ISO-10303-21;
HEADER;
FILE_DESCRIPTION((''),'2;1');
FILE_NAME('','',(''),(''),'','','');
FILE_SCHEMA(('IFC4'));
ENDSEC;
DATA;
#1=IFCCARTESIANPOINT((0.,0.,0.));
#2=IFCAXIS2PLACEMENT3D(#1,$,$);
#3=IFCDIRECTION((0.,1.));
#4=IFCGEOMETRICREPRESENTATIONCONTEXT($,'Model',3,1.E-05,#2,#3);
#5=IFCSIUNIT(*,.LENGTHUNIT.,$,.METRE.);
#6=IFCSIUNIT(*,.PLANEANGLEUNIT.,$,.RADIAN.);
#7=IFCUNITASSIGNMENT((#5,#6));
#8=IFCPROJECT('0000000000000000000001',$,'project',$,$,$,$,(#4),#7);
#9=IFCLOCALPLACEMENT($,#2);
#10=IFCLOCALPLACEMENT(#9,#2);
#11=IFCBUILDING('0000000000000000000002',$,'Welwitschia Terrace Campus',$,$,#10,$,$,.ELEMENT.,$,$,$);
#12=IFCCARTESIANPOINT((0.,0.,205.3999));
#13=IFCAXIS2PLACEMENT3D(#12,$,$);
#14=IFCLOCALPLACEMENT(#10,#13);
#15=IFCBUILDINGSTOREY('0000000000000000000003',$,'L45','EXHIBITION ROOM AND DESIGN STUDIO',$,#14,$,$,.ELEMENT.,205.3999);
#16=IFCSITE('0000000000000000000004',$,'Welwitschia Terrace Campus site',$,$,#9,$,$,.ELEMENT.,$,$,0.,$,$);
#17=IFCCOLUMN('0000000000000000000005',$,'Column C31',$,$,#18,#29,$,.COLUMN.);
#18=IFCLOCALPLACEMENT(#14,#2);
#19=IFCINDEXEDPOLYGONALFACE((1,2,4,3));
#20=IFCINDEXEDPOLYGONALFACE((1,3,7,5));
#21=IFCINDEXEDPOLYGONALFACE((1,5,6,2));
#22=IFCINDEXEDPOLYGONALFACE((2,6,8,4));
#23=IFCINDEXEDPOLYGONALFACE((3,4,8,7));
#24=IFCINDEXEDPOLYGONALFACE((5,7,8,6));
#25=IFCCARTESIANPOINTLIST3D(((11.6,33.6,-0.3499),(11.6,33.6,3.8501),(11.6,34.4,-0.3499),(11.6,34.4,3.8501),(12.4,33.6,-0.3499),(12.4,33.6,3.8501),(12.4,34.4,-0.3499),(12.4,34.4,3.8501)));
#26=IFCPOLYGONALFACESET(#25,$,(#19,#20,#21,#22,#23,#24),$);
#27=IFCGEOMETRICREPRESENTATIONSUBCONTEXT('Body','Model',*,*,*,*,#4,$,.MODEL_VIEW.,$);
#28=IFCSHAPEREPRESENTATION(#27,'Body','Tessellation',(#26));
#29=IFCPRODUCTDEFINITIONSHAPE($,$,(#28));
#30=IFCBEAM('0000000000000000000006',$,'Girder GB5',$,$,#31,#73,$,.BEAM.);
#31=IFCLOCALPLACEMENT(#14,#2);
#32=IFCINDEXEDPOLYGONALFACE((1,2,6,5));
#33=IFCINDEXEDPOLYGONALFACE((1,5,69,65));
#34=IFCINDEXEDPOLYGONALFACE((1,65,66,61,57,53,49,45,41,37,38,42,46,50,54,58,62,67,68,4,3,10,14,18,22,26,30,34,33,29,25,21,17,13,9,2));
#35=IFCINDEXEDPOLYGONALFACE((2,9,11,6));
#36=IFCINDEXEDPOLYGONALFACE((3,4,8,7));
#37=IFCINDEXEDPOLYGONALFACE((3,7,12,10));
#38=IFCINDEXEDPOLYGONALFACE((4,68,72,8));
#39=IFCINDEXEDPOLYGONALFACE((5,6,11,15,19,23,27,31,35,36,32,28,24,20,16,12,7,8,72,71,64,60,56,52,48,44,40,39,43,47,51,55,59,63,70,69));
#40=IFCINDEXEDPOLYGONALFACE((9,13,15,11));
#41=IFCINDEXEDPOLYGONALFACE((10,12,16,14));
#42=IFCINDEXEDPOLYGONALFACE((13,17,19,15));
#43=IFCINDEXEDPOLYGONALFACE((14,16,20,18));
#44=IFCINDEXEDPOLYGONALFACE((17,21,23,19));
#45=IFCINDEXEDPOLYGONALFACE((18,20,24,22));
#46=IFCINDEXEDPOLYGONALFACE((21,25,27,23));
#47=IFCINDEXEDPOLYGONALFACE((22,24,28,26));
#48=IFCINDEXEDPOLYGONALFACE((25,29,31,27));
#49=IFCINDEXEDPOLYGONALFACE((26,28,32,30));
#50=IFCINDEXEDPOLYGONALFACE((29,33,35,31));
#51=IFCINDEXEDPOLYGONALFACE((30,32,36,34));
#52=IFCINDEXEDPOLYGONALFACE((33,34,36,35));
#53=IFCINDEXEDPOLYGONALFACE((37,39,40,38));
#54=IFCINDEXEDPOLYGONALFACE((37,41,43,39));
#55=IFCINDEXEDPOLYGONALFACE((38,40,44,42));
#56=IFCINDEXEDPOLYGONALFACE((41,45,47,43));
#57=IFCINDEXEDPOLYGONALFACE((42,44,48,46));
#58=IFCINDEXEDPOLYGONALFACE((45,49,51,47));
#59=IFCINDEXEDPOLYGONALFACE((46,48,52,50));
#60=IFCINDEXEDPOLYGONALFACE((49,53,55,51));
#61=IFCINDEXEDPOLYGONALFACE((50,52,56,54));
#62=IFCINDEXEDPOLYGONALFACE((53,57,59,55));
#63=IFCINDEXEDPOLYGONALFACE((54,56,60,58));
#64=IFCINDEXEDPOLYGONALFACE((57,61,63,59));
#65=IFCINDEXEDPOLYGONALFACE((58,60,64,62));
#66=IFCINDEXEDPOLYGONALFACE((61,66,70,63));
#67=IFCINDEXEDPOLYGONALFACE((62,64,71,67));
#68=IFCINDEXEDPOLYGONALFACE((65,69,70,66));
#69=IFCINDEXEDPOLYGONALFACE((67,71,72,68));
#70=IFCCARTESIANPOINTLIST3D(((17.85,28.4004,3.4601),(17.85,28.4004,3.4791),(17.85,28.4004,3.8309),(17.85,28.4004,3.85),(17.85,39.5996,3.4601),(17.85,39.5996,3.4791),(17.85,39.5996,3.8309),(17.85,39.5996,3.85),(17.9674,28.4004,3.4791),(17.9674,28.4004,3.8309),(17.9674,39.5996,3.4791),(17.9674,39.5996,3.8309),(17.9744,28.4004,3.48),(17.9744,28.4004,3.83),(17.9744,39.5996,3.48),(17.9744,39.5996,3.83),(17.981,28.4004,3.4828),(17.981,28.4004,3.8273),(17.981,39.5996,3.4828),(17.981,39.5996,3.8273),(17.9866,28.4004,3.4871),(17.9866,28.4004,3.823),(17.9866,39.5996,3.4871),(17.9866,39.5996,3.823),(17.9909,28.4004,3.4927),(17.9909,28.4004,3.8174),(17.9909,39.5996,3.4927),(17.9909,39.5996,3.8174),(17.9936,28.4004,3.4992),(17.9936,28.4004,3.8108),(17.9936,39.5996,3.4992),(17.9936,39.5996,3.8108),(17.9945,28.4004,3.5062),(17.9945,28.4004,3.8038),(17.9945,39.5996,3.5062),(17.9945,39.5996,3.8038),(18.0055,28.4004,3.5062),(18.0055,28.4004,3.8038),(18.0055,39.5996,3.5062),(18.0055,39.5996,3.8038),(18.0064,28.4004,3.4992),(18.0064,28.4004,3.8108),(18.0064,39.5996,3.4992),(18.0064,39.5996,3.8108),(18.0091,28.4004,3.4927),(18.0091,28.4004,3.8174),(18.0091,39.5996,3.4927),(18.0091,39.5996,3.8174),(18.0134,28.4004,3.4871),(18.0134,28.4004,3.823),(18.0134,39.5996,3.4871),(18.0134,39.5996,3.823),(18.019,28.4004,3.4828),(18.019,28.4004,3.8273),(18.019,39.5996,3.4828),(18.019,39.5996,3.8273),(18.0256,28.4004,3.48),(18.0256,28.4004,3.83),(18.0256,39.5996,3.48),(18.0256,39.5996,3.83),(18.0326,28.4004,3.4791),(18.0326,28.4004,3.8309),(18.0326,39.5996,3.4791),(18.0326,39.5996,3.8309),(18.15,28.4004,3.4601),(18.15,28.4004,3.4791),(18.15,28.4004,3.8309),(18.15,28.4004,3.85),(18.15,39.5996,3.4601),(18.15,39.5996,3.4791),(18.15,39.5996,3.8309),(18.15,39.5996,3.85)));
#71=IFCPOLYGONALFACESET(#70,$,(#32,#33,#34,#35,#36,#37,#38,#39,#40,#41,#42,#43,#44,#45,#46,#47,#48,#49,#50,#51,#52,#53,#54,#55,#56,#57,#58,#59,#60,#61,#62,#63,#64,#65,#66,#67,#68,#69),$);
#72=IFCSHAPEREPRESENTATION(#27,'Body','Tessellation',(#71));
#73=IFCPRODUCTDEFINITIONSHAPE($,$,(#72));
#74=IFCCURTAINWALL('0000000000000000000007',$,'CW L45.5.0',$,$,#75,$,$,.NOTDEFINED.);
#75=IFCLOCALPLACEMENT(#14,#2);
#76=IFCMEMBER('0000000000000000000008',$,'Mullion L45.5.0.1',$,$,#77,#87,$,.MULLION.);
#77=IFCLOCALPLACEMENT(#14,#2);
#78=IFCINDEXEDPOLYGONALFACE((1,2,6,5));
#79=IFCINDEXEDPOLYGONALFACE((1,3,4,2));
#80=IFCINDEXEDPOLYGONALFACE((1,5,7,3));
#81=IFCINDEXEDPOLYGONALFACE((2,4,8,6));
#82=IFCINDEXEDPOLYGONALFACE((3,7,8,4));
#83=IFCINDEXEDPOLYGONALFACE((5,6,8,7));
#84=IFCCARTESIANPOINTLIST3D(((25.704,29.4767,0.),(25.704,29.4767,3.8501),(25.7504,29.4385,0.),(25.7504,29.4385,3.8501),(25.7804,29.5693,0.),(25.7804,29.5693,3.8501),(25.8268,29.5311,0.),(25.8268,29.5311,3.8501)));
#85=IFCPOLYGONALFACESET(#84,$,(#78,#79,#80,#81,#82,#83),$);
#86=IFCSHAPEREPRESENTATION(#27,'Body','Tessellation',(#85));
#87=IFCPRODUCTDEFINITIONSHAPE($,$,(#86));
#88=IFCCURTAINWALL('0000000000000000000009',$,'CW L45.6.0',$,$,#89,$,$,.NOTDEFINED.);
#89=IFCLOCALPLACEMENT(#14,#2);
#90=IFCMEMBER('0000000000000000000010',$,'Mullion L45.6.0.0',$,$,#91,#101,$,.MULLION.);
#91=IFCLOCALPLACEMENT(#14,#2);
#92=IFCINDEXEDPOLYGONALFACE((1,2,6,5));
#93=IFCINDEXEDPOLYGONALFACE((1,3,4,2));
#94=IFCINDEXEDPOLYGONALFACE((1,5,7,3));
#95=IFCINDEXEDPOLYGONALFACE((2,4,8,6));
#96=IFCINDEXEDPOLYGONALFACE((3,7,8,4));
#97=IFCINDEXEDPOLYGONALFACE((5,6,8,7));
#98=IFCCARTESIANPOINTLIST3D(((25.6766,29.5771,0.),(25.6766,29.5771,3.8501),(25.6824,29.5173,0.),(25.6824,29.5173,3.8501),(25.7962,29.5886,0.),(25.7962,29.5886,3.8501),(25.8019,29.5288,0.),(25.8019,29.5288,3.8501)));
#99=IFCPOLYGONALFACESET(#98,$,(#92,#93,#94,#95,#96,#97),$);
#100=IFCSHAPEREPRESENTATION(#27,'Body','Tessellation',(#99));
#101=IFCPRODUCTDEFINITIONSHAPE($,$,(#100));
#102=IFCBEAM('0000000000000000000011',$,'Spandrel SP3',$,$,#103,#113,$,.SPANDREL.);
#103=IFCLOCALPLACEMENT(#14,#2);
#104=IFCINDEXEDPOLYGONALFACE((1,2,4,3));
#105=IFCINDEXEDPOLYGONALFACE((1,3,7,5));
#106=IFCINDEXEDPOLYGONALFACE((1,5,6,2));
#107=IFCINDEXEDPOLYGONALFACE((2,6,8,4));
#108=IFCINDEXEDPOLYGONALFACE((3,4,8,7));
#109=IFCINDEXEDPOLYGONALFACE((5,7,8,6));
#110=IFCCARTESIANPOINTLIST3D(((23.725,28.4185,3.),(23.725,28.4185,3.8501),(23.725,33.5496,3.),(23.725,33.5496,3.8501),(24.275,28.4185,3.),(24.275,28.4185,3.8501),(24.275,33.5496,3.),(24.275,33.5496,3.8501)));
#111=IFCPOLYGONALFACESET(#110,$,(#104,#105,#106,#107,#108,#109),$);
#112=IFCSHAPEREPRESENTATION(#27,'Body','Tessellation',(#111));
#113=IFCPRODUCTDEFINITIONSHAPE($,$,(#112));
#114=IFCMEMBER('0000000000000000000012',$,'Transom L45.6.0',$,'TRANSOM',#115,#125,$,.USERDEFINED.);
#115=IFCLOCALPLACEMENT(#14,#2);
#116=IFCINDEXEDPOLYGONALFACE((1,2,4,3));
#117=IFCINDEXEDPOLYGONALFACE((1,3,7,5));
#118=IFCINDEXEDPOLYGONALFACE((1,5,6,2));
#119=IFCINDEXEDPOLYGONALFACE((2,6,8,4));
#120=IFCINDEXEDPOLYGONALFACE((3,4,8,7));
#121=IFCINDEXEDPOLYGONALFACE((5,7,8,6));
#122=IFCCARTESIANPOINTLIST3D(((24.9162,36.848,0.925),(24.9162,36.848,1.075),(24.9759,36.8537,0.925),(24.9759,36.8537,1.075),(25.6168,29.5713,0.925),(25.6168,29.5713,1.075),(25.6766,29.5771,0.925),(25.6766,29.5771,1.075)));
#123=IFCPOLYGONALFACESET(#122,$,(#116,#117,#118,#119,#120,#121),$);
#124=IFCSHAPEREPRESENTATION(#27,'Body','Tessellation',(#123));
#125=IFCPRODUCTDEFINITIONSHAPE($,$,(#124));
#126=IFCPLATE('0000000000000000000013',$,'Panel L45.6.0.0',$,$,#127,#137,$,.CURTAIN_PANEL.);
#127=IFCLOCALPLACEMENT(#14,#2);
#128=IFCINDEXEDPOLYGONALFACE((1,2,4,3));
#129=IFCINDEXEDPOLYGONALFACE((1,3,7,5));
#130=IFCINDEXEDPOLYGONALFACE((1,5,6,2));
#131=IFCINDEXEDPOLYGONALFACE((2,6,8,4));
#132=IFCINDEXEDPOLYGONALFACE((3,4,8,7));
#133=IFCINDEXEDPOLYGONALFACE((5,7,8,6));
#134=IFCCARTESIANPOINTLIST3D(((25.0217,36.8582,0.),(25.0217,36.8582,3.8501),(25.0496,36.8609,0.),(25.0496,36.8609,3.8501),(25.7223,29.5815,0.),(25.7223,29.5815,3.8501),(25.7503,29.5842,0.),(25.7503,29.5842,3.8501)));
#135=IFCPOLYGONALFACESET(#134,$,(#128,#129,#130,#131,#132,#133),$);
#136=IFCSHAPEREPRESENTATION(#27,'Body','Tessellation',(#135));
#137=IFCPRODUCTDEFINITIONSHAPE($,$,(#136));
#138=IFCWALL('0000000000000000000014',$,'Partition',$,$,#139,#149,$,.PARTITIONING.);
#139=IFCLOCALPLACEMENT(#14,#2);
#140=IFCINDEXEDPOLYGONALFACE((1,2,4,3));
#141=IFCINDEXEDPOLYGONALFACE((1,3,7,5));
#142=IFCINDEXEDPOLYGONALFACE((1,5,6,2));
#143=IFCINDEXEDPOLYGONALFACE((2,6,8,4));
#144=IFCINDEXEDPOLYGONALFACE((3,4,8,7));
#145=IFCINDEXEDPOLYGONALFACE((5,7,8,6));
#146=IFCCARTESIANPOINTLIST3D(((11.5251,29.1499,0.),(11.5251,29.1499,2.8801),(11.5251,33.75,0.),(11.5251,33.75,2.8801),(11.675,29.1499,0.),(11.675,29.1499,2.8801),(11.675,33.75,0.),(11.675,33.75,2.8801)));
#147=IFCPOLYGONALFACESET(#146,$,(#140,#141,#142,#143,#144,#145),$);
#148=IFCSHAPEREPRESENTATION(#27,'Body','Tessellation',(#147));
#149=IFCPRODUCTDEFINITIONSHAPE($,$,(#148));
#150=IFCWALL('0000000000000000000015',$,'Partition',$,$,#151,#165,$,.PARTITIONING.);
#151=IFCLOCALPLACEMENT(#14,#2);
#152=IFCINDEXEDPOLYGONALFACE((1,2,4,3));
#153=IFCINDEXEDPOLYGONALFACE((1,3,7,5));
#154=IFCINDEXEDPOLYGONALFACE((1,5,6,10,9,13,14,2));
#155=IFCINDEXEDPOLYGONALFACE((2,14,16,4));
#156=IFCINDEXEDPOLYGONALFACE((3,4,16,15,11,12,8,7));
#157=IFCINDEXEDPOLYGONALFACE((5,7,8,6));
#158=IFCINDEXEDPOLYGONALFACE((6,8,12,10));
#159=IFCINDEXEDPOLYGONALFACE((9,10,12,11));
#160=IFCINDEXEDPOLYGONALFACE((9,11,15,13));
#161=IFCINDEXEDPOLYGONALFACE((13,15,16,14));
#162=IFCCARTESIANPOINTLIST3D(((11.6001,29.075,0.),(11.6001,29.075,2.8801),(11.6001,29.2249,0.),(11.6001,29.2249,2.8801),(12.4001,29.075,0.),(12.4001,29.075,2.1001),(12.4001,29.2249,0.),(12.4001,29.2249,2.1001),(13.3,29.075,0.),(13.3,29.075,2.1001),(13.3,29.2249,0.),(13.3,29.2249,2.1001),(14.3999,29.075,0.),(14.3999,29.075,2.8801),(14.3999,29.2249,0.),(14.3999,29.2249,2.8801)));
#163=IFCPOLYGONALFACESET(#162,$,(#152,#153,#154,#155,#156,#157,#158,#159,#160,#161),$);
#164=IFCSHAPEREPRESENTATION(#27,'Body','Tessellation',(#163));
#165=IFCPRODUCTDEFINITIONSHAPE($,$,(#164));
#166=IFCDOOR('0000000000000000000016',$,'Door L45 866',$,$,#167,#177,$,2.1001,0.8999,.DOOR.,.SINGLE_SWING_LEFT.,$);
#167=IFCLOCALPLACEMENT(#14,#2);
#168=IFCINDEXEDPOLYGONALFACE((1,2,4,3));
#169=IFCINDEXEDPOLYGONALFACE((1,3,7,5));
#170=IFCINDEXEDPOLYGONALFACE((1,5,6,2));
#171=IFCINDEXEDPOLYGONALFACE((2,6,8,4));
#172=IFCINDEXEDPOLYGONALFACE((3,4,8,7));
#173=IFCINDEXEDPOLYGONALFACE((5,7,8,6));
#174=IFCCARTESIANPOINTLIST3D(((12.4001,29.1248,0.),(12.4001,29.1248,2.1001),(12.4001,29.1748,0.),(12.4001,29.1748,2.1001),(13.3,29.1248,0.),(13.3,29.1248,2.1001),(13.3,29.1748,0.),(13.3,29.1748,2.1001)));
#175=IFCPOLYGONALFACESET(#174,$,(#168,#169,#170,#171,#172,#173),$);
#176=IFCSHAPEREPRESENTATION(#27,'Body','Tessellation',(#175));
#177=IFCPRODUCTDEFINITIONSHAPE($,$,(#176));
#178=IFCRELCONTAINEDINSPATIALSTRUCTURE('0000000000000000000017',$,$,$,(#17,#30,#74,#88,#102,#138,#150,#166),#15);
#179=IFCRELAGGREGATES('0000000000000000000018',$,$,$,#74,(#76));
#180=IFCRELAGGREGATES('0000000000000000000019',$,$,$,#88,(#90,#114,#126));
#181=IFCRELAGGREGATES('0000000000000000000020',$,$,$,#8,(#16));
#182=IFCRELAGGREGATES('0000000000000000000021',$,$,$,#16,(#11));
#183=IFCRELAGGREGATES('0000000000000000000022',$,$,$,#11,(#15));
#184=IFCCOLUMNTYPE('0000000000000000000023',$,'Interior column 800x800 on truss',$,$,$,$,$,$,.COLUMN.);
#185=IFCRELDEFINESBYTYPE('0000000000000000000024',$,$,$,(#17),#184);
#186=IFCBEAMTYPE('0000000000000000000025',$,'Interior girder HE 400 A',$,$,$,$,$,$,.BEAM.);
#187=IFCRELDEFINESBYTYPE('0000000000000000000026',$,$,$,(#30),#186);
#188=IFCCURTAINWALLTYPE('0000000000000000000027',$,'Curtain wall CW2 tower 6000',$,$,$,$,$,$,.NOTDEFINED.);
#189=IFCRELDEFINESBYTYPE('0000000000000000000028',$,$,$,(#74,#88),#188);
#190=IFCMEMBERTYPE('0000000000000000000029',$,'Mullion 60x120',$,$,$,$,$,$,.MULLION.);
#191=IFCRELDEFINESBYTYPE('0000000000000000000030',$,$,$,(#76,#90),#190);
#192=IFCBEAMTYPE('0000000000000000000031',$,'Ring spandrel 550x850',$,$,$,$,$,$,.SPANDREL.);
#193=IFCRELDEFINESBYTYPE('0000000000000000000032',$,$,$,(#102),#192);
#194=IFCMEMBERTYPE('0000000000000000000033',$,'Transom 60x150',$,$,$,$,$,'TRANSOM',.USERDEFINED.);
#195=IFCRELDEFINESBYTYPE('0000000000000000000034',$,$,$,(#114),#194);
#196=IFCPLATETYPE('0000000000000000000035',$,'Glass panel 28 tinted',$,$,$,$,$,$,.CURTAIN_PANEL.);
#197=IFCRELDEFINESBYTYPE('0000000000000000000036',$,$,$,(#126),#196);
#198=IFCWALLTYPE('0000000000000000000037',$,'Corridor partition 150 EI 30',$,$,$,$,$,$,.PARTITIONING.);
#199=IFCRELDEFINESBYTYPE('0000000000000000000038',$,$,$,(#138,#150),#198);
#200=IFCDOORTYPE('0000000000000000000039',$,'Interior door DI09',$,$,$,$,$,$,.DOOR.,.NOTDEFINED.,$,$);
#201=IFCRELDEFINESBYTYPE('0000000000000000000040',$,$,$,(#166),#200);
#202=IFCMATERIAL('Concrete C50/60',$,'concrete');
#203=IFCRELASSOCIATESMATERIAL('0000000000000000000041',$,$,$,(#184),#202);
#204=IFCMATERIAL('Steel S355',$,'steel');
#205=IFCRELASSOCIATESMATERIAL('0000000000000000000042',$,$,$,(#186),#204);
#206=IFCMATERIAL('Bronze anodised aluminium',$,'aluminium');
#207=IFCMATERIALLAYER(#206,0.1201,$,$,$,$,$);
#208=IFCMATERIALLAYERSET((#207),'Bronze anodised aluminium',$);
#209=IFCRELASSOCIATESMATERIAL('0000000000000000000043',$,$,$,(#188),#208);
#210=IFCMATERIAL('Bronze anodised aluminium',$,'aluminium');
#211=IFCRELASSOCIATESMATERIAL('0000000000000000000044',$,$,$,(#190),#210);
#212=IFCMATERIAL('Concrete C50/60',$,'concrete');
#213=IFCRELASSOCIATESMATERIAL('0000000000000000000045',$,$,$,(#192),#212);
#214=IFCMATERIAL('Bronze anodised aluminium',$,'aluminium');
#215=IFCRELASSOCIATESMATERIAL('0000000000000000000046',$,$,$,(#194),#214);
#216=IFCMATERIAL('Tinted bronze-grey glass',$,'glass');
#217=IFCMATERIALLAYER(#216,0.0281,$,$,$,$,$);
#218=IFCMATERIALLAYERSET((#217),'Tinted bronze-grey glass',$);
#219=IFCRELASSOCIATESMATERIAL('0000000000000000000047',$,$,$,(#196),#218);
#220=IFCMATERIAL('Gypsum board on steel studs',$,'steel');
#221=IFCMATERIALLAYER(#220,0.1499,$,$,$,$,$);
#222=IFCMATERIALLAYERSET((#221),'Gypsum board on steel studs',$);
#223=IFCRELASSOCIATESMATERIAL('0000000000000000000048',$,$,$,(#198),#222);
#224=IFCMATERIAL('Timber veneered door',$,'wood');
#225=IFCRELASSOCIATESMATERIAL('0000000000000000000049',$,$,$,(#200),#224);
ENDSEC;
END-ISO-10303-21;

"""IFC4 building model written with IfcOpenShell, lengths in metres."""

from ifc_helpers import new_model, si_unit, direction, frame, frame_2d, origin, origin_2d, place, context, subcontext, project, spatial, rectangle, i_section, extrude, material, layer, layer_set, material_profile, profile_set, type_object, element, fill, aggregate, save


model = new_model("IFC4")

# Units and contexts
model_context = context("Model", 3, precision=1e-05, world=origin(), true_north=direction((0.0, 1.0)))
body_context = subcontext(model_context, "Body", "Model", "MODEL_VIEW")
ifc_project = project(units=[si_unit("LENGTHUNIT", "METRE"), si_unit("PLANEANGLEUNIT", "RADIAN")], contexts=[model_context])

# Site, building, storey
site_placement = place(None, origin())
site = spatial("IfcSite", under=ifc_project, at=site_placement, Name="Welwitschia Terrace Campus site", CompositionType="ELEMENT", RefElevation=0.0)
building_placement = place(site_placement, origin())
building = spatial("IfcBuilding", under=site, at=building_placement, Name="Welwitschia Terrace Campus", CompositionType="ELEMENT")
storey_placement = place(building_placement, frame((0.0, 0.0, 205.3999)))
storey = spatial("IfcBuildingStorey", under=building, at=storey_placement, Name="L45", Description="EXHIBITION ROOM AND DESIGN STUDIO", CompositionType="ELEMENT", Elevation=205.3999)

# Column
ifc_material_1 = material(Name="Concrete C50/60", Category="concrete")
ifc_material_profile_1 = material_profile(ifc_material_1, rectangle(XDim=0.8, YDim=0.8, at=origin_2d()))
ifc_profile_set_1 = profile_set([ifc_material_profile_1], Name="Concrete C50/60")
column_type = type_object("IfcColumnType", Name="Interior column 800x800 on truss", PredefinedType="COLUMN", material=ifc_profile_set_1)
column_placement = place(storey_placement, frame((12.0, 34.0, -0.3499), z_axis=(0.0, 0.0, 1.0), x_axis=(1.0, 0.0, 0.0)))
element("IfcColumn", 1, at=column_placement, inside=storey, type_object=column_type, Name="Column C31", PredefinedType="COLUMN", context=body_context, shape_type="SweptSolid", body=[
    extrude(rectangle(XDim=0.8, YDim=0.8, at=origin_2d()), origin(), (0.0, 0.0, 1.0), 4.2),
])

# Beam
ifc_material_2 = material(Name="Steel S355", Category="steel")
ifc_material_profile_2 = material_profile(ifc_material_2, i_section(OverallWidth=0.3, OverallDepth=0.3899, WebThickness=0.011, FlangeThickness=0.019, FilletRadius=0.0271, at=origin_2d()))
ifc_profile_set_2 = profile_set([ifc_material_profile_2], Name="Steel S355")
beam_type_1 = type_object("IfcBeamType", Name="Interior girder HE 400 A", PredefinedType="BEAM", material=ifc_profile_set_2)
beam_1_placement = place(storey_placement, frame((18.0, 28.4004, 3.655), z_axis=(0.0, 1.0, 0.0), x_axis=(-1.0, 0.0, 0.0)))
element("IfcBeam", 2, at=beam_1_placement, inside=storey, type_object=beam_type_1, Name="Girder GB5", PredefinedType="BEAM", context=body_context, shape_type="SweptSolid", body=[
    extrude(i_section(OverallWidth=0.3, OverallDepth=0.3899, WebThickness=0.011, FlangeThickness=0.019, FilletRadius=0.0271, at=origin_2d()), origin(), (0.0, 0.0, 1.0), 11.1992),
])

# Curtain walls, members
ifc_material_3 = material(Name="Bronze anodised aluminium", Category="aluminium")
ifc_layer_1 = layer(ifc_material_3, 0.1201)
ifc_layer_set_1 = layer_set([ifc_layer_1], Name="Bronze anodised aluminium")
curtain_wall_type = type_object("IfcCurtainWallType", Name="Curtain wall CW2 tower 6000", PredefinedType="NOTDEFINED", material=ifc_layer_set_1)
curtain_wall_1_placement = place(storey_placement, origin())
curtain_wall_1 = element("IfcCurtainWall", 3, at=curtain_wall_1_placement, inside=storey, type_object=curtain_wall_type, Name="CW L45.5.0", PredefinedType="NOTDEFINED")
ifc_material_4 = material(Name="Bronze anodised aluminium", Category="aluminium")
ifc_material_profile_3 = material_profile(ifc_material_4, rectangle(XDim=0.1201, YDim=0.0601, at=origin_2d()))
ifc_profile_set_3 = profile_set([ifc_material_profile_3], Name="Bronze anodised aluminium")
member_type_1 = type_object("IfcMemberType", Name="Mullion 60x120", PredefinedType="MULLION", material=ifc_profile_set_3)
member_1_placement = place(storey_placement, frame((25.7654, 29.5039, 0.0), z_axis=(0.0, 0.0, 1.0), x_axis=(-0.636078, -0.771625, 0.0)))
member_1 = element("IfcMember", 4, at=member_1_placement, type_object=member_type_1, Name="Mullion L45.5.0.1", PredefinedType="MULLION", context=body_context, shape_type="SweptSolid", body=[
    extrude(rectangle(XDim=0.1201, YDim=0.0601, at=origin_2d()), origin(), (0.0, 0.0, 1.0), 3.8501),
])
aggregate(curtain_wall_1, [member_1])
curtain_wall_2_placement = place(storey_placement, origin())
curtain_wall_2 = element("IfcCurtainWall", 5, at=curtain_wall_2_placement, inside=storey, type_object=curtain_wall_type, Name="CW L45.6.0", PredefinedType="NOTDEFINED")
member_2_placement = place(storey_placement, frame((25.7393, 29.553, 0.0), z_axis=(0.0, 0.0, 1.0), x_axis=(-0.995396, -0.095846, 0.0)))
member_2 = element("IfcMember", 6, at=member_2_placement, type_object=member_type_1, Name="Mullion L45.6.0.0", PredefinedType="MULLION", context=body_context, shape_type="SweptSolid", body=[
    extrude(rectangle(XDim=0.1201, YDim=0.0601, at=origin_2d()), origin(), (0.0, 0.0, 1.0), 3.8501),
])

# Beam
ifc_material_5 = material(Name="Concrete C50/60", Category="concrete")
ifc_material_profile_4 = material_profile(ifc_material_5, rectangle(XDim=0.55, YDim=0.8501, at=origin_2d()))
ifc_profile_set_4 = profile_set([ifc_material_profile_4], Name="Concrete C50/60")
beam_type_2 = type_object("IfcBeamType", Name="Ring spandrel 550x850", PredefinedType="SPANDREL", material=ifc_profile_set_4)
beam_2_placement = place(storey_placement, frame((24.0, 28.4185, 3.425), z_axis=(0.0, 1.0, 0.0), x_axis=(-1.0, 0.0, 0.0)))
element("IfcBeam", 7, at=beam_2_placement, inside=storey, type_object=beam_type_2, Name="Spandrel SP3", PredefinedType="SPANDREL", context=body_context, shape_type="SweptSolid", body=[
    extrude(rectangle(XDim=0.55, YDim=0.8501, at=origin_2d()), origin(), (0.0, 0.0, 1.0), 5.1311),
])

# Member
ifc_material_6 = material(Name="Bronze anodised aluminium", Category="aluminium")
ifc_material_profile_5 = material_profile(ifc_material_6, rectangle(XDim=0.0601, YDim=0.1499, at=origin_2d()))
ifc_profile_set_5 = profile_set([ifc_material_profile_5], Name="Bronze anodised aluminium")
member_type_2 = type_object("IfcMemberType", Name="Transom 60x150", ElementType="TRANSOM", PredefinedType="USERDEFINED", material=ifc_profile_set_5)
member_3_placement = place(storey_placement, frame((25.6467, 29.5742, 1.0), z_axis=(-0.095849, 0.995396, 0.0), x_axis=(-0.995396, -0.095849, 0.0)))
member_3 = element("IfcMember", 8, at=member_3_placement, type_object=member_type_2, Name="Transom L45.6.0", ObjectType="TRANSOM", PredefinedType="USERDEFINED", context=body_context, shape_type="SweptSolid", body=[
    extrude(rectangle(XDim=0.0601, YDim=0.1499, at=origin_2d()), origin(), (0.0, 0.0, 1.0), 7.3103),
])

# Plate
ifc_material_7 = material(Name="Tinted bronze-grey glass", Category="glass")
ifc_layer_2 = layer(ifc_material_7, 0.0281)
ifc_layer_set_2 = layer_set([ifc_layer_2], Name="Tinted bronze-grey glass")
plate_type = type_object("IfcPlateType", Name="Glass panel 28 tinted", PredefinedType="CURTAIN_PANEL", material=ifc_layer_set_2)
plate_placement = place(storey_placement, frame((25.386, 33.2212, 0.0), z_axis=(0.0, 0.0, 1.0), x_axis=(-0.095846, 0.995396, 0.0)))
plate = element("IfcPlate", 9, at=plate_placement, type_object=plate_type, Name="Panel L45.6.0.0", PredefinedType="CURTAIN_PANEL", context=body_context, shape_type="SweptSolid", body=[
    extrude(rectangle(XDim=7.3103, YDim=0.0281, at=origin_2d()), origin(), (0.0, 0.0, 1.0), 3.8501),
])
aggregate(curtain_wall_2, [member_2, member_3, plate])

# Wall
ifc_material_8 = material(Name="Gypsum board on steel studs", Category="steel")
ifc_layer_3 = layer(ifc_material_8, 0.1499)
ifc_layer_set_3 = layer_set([ifc_layer_3], Name="Gypsum board on steel studs")
wall_type = type_object("IfcWallType", Name="Corridor partition 150 EI 30", PredefinedType="PARTITIONING", material=ifc_layer_set_3)
wall_1_placement = place(storey_placement, frame((11.6001, 29.1499, 0.0), z_axis=(0.0, 0.0, 1.0), x_axis=(0.0, 1.0, 0.0)))
element("IfcWall", 10, at=wall_1_placement, inside=storey, type_object=wall_type, Name="Partition", PredefinedType="PARTITIONING", context=body_context, shape_type="SweptSolid", body=[
    extrude(rectangle(XDim=4.6001, YDim=0.1499, at=frame_2d((2.3, 0.0))), origin(), (0.0, 0.0, 1.0), 2.8801),
])

# Wall, opening, door
wall_2_placement = place(storey_placement, frame((11.6001, 29.1499, 0.0), z_axis=(0.0, 0.0, 1.0), x_axis=(1.0, 0.0, 0.0)))
wall_2 = element("IfcWall", 11, at=wall_2_placement, inside=storey, type_object=wall_type, Name="Partition", PredefinedType="PARTITIONING", context=body_context, shape_type="SweptSolid", body=[
    extrude(rectangle(XDim=2.7998, YDim=0.1499, at=frame_2d((1.3999, 0.0))), origin(), (0.0, 0.0, 1.0), 2.8801),
])
opening_1_placement = place(wall_2_placement, frame((0.8, 0.0, 0.0)))
opening_1 = element("IfcOpeningElement", 12, at=opening_1_placement, cuts=wall_2, PredefinedType="OPENING", context=body_context, shape_type="SweptSolid", body=[
    extrude(rectangle(XDim=0.8999, YDim=2.1001, at=frame_2d((0.45, 1.05))), frame((0.0, 0.085, 0.0), z_axis=(0.0, -1.0, 0.0), x_axis=(1.0, 0.0, 0.0)), (0.0, 0.0, 1.0), 0.1699),
])
ifc_material_9 = material(Name="Timber veneered door", Category="wood")
door_type = type_object("IfcDoorType", Name="Interior door DI09", OperationType="NOTDEFINED", PredefinedType="DOOR", material=ifc_material_9)
door_1_placement = place(opening_1_placement, origin())
door_1 = element("IfcDoor", 13, at=door_1_placement, inside=storey, type_object=door_type, Name="Door L45 866", OperationType="SINGLE_SWING_LEFT", OverallHeight=2.1001, OverallWidth=0.8999, PredefinedType="DOOR", context=body_context, shape_type="SweptSolid", body=[
    extrude(rectangle(XDim=0.8999, YDim=2.1001, at=frame_2d((0.45, 1.05))), frame((0.0, 0.0249, 0.0), z_axis=(0.0, -1.0, 0.0), x_axis=(1.0, 0.0, 0.0)), (0.0, 0.0, 1.0), 0.05),
])
fill(opening_1, door_1)

save(model, "model.ifc")
